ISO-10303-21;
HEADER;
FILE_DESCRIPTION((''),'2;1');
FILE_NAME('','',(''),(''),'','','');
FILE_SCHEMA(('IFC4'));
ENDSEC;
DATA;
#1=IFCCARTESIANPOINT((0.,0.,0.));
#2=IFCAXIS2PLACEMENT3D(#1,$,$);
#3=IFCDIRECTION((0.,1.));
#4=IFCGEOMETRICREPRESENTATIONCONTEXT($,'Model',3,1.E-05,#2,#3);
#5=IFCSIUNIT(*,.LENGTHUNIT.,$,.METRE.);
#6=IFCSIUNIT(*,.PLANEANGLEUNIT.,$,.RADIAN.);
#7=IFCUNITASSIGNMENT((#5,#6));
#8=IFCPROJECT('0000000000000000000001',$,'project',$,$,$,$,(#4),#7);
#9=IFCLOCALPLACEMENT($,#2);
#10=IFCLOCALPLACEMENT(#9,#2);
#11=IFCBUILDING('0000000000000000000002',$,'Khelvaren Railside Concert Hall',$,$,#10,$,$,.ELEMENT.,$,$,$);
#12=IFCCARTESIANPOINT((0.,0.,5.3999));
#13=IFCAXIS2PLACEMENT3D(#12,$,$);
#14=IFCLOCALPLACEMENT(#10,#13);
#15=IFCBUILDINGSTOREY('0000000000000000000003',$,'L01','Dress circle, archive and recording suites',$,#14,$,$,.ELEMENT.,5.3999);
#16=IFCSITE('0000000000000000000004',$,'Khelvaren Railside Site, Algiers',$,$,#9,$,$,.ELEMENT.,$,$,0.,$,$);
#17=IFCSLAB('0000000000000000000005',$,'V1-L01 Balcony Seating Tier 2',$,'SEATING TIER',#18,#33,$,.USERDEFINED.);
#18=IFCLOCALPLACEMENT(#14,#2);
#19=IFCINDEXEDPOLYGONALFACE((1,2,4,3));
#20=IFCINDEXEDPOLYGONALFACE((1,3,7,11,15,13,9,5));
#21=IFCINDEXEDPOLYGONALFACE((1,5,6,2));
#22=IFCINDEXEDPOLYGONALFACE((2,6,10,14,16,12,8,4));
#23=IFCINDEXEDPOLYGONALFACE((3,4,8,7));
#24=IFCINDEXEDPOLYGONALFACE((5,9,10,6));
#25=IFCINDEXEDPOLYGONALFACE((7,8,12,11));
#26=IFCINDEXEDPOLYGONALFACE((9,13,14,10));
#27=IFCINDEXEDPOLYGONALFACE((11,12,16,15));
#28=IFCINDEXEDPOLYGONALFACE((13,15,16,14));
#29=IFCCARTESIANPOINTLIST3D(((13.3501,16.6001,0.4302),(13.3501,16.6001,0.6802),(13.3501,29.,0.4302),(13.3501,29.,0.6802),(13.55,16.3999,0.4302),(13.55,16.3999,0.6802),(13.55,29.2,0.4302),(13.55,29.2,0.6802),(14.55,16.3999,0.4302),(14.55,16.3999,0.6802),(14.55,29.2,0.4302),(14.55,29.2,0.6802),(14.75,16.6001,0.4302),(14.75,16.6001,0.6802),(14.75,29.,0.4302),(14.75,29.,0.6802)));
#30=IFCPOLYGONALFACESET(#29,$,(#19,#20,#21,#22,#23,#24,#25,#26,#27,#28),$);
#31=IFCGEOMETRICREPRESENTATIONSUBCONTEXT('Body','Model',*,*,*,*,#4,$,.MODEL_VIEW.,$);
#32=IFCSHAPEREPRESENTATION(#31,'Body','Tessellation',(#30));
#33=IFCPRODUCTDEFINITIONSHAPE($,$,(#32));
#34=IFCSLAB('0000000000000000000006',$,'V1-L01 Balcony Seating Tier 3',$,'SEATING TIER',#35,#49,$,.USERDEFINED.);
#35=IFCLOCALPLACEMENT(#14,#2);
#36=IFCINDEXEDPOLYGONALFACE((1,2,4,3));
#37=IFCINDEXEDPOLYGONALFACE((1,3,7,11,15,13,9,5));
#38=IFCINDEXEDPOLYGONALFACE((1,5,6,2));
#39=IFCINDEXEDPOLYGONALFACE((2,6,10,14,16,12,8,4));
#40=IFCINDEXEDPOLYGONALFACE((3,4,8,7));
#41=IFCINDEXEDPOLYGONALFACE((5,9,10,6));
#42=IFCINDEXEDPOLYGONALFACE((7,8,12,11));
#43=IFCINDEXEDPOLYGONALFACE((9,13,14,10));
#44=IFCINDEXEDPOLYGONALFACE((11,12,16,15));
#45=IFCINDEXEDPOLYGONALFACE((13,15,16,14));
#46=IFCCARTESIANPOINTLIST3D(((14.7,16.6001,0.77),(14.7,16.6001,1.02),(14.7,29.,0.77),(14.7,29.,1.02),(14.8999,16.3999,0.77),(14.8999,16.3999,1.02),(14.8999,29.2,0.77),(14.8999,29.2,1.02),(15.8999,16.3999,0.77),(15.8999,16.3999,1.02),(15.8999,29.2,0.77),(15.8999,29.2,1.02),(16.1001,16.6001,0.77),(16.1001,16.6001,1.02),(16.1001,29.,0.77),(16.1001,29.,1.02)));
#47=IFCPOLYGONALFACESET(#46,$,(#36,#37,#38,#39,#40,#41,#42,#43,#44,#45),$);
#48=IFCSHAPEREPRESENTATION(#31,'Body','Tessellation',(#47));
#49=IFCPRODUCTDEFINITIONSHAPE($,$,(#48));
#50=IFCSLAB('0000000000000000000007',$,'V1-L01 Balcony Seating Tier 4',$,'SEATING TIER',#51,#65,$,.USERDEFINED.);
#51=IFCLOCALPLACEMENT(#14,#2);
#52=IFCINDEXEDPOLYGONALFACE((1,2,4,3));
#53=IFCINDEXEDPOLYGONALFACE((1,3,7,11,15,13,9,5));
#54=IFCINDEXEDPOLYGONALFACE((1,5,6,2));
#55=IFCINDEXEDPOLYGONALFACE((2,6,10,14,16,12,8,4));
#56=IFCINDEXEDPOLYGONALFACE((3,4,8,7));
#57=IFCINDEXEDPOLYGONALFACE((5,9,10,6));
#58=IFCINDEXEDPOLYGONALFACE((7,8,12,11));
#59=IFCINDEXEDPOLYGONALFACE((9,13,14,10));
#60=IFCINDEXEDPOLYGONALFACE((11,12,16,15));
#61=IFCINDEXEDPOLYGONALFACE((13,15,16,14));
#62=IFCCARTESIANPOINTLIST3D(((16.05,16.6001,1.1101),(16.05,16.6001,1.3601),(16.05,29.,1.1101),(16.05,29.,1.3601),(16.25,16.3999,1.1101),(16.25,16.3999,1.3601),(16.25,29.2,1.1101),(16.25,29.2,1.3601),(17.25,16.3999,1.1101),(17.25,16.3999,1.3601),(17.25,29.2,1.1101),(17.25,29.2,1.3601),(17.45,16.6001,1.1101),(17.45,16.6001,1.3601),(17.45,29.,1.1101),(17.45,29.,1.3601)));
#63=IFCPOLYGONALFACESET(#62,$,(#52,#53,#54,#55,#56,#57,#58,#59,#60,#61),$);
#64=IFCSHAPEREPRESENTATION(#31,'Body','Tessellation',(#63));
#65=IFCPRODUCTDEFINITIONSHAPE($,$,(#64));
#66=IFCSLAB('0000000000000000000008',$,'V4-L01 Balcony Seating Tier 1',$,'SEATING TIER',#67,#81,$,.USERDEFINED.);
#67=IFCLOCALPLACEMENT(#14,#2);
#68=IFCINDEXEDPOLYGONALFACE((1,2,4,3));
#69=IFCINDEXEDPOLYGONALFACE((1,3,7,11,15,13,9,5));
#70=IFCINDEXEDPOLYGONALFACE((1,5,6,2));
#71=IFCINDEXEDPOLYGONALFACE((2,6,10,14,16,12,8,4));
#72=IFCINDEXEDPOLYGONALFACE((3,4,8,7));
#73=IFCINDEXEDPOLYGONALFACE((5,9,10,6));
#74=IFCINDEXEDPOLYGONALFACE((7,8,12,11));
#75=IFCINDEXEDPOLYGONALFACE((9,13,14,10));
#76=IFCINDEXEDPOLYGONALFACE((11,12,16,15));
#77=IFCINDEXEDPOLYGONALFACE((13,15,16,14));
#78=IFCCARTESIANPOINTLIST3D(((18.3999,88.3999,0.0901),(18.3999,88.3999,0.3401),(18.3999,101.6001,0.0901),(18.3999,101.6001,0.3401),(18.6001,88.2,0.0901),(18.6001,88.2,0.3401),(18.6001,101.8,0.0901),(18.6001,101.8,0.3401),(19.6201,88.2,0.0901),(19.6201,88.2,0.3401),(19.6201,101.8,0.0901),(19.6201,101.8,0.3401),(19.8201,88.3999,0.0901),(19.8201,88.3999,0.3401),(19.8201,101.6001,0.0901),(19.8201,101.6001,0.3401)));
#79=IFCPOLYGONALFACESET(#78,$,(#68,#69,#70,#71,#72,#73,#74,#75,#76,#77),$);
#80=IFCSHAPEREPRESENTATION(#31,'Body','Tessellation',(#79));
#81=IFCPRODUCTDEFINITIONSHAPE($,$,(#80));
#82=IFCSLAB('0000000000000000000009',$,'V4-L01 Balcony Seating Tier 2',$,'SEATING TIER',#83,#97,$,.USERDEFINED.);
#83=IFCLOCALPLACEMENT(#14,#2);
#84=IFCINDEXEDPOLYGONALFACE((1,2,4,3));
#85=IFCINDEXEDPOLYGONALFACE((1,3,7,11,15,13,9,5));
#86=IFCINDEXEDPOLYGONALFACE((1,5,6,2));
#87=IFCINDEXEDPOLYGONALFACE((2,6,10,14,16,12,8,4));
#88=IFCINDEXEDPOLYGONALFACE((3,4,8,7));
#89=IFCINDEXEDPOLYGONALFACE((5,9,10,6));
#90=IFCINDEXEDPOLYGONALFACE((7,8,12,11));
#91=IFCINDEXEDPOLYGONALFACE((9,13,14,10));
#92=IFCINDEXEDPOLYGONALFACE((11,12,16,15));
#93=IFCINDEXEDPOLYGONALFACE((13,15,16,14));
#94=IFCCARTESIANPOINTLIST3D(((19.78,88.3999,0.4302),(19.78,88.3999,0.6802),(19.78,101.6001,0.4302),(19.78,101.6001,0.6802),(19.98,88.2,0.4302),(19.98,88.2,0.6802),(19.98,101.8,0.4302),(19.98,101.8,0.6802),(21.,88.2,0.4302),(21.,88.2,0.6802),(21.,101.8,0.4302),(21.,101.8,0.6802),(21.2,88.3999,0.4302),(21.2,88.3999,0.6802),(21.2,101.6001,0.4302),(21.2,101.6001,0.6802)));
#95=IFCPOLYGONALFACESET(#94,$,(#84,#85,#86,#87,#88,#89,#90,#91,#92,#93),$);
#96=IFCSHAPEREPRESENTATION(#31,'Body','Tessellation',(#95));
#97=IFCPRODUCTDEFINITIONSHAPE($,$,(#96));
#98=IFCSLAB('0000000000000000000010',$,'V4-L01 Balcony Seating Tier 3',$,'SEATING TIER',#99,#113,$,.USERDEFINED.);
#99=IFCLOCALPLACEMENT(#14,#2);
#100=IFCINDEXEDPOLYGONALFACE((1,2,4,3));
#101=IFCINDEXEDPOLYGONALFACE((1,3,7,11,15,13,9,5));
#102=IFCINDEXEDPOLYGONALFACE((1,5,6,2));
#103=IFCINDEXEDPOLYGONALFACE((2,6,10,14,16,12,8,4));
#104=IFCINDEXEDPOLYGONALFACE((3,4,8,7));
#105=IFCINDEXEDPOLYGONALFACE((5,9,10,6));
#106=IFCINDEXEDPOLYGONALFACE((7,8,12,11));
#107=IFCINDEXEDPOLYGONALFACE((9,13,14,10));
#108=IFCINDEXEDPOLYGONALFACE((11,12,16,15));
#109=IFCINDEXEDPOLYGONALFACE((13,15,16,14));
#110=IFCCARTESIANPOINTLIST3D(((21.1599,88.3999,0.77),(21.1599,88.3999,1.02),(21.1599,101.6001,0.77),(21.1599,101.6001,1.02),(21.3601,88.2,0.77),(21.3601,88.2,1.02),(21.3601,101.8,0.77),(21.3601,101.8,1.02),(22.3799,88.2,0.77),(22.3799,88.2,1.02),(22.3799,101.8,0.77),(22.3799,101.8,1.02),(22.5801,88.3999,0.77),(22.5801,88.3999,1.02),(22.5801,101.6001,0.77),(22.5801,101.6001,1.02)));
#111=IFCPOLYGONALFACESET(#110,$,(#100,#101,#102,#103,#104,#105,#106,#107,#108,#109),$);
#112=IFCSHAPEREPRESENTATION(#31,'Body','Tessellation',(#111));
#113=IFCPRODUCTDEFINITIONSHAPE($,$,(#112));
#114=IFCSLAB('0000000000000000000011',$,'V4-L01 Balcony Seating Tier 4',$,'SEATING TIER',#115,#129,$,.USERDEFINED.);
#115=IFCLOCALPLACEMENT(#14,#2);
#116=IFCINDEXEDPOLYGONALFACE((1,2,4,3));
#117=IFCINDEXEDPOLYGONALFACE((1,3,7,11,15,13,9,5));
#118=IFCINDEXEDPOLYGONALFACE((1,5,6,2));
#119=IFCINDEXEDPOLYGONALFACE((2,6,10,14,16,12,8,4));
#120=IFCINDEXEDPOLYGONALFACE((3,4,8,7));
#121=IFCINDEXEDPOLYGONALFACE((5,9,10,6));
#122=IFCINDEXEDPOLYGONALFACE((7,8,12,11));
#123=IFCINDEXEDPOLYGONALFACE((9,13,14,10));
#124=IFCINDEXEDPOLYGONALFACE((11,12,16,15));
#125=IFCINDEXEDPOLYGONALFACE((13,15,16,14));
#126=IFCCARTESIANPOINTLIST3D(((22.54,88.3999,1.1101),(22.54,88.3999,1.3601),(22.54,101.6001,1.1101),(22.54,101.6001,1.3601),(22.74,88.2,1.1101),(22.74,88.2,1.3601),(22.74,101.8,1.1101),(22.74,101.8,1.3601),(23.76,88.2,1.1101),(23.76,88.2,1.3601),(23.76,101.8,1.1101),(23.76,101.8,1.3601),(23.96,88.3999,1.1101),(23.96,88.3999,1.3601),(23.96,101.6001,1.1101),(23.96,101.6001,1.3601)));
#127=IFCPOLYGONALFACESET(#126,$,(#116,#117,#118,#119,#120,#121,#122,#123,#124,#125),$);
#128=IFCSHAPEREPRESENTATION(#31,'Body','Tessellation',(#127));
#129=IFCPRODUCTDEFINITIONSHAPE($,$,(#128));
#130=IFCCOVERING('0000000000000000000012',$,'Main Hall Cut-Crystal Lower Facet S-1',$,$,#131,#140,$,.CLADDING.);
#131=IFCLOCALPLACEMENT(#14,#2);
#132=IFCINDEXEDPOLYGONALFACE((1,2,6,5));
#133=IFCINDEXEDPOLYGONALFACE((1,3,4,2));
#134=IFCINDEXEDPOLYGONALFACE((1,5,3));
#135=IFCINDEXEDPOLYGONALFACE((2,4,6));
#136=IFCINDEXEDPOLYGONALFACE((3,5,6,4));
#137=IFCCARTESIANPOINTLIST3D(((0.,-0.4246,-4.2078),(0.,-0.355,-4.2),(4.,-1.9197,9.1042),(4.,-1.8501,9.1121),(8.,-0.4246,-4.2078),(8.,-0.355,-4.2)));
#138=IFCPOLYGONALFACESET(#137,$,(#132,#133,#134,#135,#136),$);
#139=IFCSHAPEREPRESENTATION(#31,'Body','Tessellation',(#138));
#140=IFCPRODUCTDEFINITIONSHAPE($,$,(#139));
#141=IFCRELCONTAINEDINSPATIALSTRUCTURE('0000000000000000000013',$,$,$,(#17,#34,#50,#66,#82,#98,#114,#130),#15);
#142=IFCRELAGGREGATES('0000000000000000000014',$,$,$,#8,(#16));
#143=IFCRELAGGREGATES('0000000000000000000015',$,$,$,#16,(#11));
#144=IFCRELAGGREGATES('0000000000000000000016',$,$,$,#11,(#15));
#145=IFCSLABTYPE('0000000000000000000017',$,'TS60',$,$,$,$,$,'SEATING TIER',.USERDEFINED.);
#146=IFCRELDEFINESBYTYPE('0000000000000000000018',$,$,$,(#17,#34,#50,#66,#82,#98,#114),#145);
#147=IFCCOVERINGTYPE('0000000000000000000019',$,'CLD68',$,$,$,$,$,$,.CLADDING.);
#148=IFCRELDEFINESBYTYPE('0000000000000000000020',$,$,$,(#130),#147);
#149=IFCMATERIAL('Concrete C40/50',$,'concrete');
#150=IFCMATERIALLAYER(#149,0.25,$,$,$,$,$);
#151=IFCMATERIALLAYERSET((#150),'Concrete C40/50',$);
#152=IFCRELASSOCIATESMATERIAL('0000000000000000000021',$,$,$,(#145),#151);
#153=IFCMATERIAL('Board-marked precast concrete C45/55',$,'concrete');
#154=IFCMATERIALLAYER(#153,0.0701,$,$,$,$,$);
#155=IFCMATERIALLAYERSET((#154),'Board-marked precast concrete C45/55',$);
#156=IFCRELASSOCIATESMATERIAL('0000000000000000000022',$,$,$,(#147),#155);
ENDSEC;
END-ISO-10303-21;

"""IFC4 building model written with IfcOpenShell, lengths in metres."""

from ifc_helpers import new_model, si_unit, direction, frame, origin, place, context, subcontext, project, spatial, polyline, outline, extrude, material, layer, layer_set, type_object, element, save


model = new_model("IFC4")

# Units and contexts
model_context = context("Model", 3, precision=1e-05, world=origin(), true_north=direction((0.0, 1.0)))
body_context = subcontext(model_context, "Body", "Model", "MODEL_VIEW")
ifc_project = project(units=[si_unit("LENGTHUNIT", "METRE"), si_unit("PLANEANGLEUNIT", "RADIAN")], contexts=[model_context])

# Site, building, storey
site_placement = place(None, origin())
site = spatial("IfcSite", under=ifc_project, at=site_placement, Name="Khelvaren Railside Site, Algiers", CompositionType="ELEMENT", RefElevation=0.0)
building_placement = place(site_placement, origin())
building = spatial("IfcBuilding", under=site, at=building_placement, Name="Khelvaren Railside Concert Hall", CompositionType="ELEMENT")
storey_placement = place(building_placement, frame((0.0, 0.0, 5.3999)))
storey = spatial("IfcBuildingStorey", under=building, at=storey_placement, Name="L01", Description="Dress circle, archive and recording suites", CompositionType="ELEMENT", Elevation=5.3999)

# Shared definitions
ifc_material_1 = material(Name="Concrete C40/50", Category="concrete")

# Slabs
ifc_layer_1 = layer(ifc_material_1, 0.25)
ifc_layer_set_1 = layer_set([ifc_layer_1], Name="Concrete C40/50")
slab_type_1 = type_object("IfcSlabType", Name="TS60", ElementType="SEATING TIER", PredefinedType="USERDEFINED", material=ifc_layer_set_1)
slab_1_placement = place(storey_placement, frame((0.0, 0.0, 0.4302)))
element("IfcSlab", 1, at=slab_1_placement, inside=storey, type_object=slab_type_1, Name="V1-L01 Balcony Seating Tier 2", ObjectType="SEATING TIER", PredefinedType="USERDEFINED", context=body_context, shape_type="SweptSolid", body=[
    extrude(outline(polyline([(13.55, 16.3999), (14.55, 16.3999), (14.75, 16.6001), (14.75, 29.0), (14.55, 29.2), (13.55, 29.2), (13.3501, 29.0), (13.3501, 16.6001), (13.55, 16.3999)])), origin(), (0.0, 0.0, 1.0), 0.25),
])
slab_2_placement = place(storey_placement, frame((0.0, 0.0, 0.77)))
element("IfcSlab", 2, at=slab_2_placement, inside=storey, type_object=slab_type_1, Name="V1-L01 Balcony Seating Tier 3", ObjectType="SEATING TIER", PredefinedType="USERDEFINED", context=body_context, shape_type="SweptSolid", body=[
    extrude(outline(polyline([(14.8999, 16.3999), (15.8999, 16.3999), (16.1001, 16.6001), (16.1001, 29.0), (15.8999, 29.2), (14.8999, 29.2), (14.7, 29.0), (14.7, 16.6001), (14.8999, 16.3999)])), origin(), (0.0, 0.0, 1.0), 0.25),
])
slab_3_placement = place(storey_placement, frame((0.0, 0.0, 1.1101)))
element("IfcSlab", 3, at=slab_3_placement, inside=storey, type_object=slab_type_1, Name="V1-L01 Balcony Seating Tier 4", ObjectType="SEATING TIER", PredefinedType="USERDEFINED", context=body_context, shape_type="SweptSolid", body=[
    extrude(outline(polyline([(16.25, 16.3999), (17.25, 16.3999), (17.45, 16.6001), (17.45, 29.0), (17.25, 29.2), (16.25, 29.2), (16.05, 29.0), (16.05, 16.6001), (16.25, 16.3999)])), origin(), (0.0, 0.0, 1.0), 0.25),
])
slab_4_placement = place(storey_placement, frame((0.0, 0.0, 0.0901)))
element("IfcSlab", 4, at=slab_4_placement, inside=storey, type_object=slab_type_1, Name="V4-L01 Balcony Seating Tier 1", ObjectType="SEATING TIER", PredefinedType="USERDEFINED", context=body_context, shape_type="SweptSolid", body=[
    extrude(outline(polyline([(18.6001, 88.2), (19.6201, 88.2), (19.8201, 88.3999), (19.8201, 101.6001), (19.6201, 101.8), (18.6001, 101.8), (18.3999, 101.6001), (18.3999, 88.3999), (18.6001, 88.2)])), origin(), (0.0, 0.0, 1.0), 0.25),
])
slab_5_placement = place(storey_placement, frame((0.0, 0.0, 0.4302)))
element("IfcSlab", 5, at=slab_5_placement, inside=storey, type_object=slab_type_1, Name="V4-L01 Balcony Seating Tier 2", ObjectType="SEATING TIER", PredefinedType="USERDEFINED", context=body_context, shape_type="SweptSolid", body=[
    extrude(outline(polyline([(19.98, 88.2), (21.0, 88.2), (21.2, 88.3999), (21.2, 101.6001), (21.0, 101.8), (19.98, 101.8), (19.78, 101.6001), (19.78, 88.3999), (19.98, 88.2)])), origin(), (0.0, 0.0, 1.0), 0.25),
])
slab_6_placement = place(storey_placement, frame((0.0, 0.0, 0.77)))
element("IfcSlab", 6, at=slab_6_placement, inside=storey, type_object=slab_type_1, Name="V4-L01 Balcony Seating Tier 3", ObjectType="SEATING TIER", PredefinedType="USERDEFINED", context=body_context, shape_type="SweptSolid", body=[
    extrude(outline(polyline([(21.3601, 88.2), (22.3799, 88.2), (22.5801, 88.3999), (22.5801, 101.6001), (22.3799, 101.8), (21.3601, 101.8), (21.1599, 101.6001), (21.1599, 88.3999), (21.3601, 88.2)])), origin(), (0.0, 0.0, 1.0), 0.25),
])
slab_7_placement = place(storey_placement, frame((0.0, 0.0, 1.1101)))
element("IfcSlab", 7, at=slab_7_placement, inside=storey, type_object=slab_type_1, Name="V4-L01 Balcony Seating Tier 4", ObjectType="SEATING TIER", PredefinedType="USERDEFINED", context=body_context, shape_type="SweptSolid", body=[
    extrude(outline(polyline([(22.74, 88.2), (23.76, 88.2), (23.96, 88.3999), (23.96, 101.6001), (23.76, 101.8), (22.74, 101.8), (22.54, 101.6001), (22.54, 88.3999), (22.74, 88.2)])), origin(), (0.0, 0.0, 1.0), 0.25),
])

# Covering
ifc_material_2 = material(Name="Board-marked precast concrete C45/55", Category="concrete")
ifc_layer_2 = layer(ifc_material_2, 0.0701)
ifc_layer_set_2 = layer_set([ifc_layer_2], Name="Board-marked precast concrete C45/55")
covering_type = type_object("IfcCoveringType", Name="CLD68", PredefinedType="CLADDING", material=ifc_layer_set_2)
covering_placement = place(storey_placement, frame((0.0, -0.355, -4.2), z_axis=(0.0, 0.993752, 0.111612), x_axis=(1.0, 0.0, 0.0)))
element("IfcCovering", 8, at=covering_placement, inside=storey, type_object=covering_type, Name="Main Hall Cut-Crystal Lower Facet S-1", PredefinedType="CLADDING", context=body_context, shape_type="SweptSolid", body=[
    extrude(outline(polyline([(0.0, 0.0), (8.0, 0.0), (4.0, -13.3957), (0.0, 0.0)])), origin(), (0.0, 0.0, -1.0), 0.0701),
])

save(model, "model.ifc")
